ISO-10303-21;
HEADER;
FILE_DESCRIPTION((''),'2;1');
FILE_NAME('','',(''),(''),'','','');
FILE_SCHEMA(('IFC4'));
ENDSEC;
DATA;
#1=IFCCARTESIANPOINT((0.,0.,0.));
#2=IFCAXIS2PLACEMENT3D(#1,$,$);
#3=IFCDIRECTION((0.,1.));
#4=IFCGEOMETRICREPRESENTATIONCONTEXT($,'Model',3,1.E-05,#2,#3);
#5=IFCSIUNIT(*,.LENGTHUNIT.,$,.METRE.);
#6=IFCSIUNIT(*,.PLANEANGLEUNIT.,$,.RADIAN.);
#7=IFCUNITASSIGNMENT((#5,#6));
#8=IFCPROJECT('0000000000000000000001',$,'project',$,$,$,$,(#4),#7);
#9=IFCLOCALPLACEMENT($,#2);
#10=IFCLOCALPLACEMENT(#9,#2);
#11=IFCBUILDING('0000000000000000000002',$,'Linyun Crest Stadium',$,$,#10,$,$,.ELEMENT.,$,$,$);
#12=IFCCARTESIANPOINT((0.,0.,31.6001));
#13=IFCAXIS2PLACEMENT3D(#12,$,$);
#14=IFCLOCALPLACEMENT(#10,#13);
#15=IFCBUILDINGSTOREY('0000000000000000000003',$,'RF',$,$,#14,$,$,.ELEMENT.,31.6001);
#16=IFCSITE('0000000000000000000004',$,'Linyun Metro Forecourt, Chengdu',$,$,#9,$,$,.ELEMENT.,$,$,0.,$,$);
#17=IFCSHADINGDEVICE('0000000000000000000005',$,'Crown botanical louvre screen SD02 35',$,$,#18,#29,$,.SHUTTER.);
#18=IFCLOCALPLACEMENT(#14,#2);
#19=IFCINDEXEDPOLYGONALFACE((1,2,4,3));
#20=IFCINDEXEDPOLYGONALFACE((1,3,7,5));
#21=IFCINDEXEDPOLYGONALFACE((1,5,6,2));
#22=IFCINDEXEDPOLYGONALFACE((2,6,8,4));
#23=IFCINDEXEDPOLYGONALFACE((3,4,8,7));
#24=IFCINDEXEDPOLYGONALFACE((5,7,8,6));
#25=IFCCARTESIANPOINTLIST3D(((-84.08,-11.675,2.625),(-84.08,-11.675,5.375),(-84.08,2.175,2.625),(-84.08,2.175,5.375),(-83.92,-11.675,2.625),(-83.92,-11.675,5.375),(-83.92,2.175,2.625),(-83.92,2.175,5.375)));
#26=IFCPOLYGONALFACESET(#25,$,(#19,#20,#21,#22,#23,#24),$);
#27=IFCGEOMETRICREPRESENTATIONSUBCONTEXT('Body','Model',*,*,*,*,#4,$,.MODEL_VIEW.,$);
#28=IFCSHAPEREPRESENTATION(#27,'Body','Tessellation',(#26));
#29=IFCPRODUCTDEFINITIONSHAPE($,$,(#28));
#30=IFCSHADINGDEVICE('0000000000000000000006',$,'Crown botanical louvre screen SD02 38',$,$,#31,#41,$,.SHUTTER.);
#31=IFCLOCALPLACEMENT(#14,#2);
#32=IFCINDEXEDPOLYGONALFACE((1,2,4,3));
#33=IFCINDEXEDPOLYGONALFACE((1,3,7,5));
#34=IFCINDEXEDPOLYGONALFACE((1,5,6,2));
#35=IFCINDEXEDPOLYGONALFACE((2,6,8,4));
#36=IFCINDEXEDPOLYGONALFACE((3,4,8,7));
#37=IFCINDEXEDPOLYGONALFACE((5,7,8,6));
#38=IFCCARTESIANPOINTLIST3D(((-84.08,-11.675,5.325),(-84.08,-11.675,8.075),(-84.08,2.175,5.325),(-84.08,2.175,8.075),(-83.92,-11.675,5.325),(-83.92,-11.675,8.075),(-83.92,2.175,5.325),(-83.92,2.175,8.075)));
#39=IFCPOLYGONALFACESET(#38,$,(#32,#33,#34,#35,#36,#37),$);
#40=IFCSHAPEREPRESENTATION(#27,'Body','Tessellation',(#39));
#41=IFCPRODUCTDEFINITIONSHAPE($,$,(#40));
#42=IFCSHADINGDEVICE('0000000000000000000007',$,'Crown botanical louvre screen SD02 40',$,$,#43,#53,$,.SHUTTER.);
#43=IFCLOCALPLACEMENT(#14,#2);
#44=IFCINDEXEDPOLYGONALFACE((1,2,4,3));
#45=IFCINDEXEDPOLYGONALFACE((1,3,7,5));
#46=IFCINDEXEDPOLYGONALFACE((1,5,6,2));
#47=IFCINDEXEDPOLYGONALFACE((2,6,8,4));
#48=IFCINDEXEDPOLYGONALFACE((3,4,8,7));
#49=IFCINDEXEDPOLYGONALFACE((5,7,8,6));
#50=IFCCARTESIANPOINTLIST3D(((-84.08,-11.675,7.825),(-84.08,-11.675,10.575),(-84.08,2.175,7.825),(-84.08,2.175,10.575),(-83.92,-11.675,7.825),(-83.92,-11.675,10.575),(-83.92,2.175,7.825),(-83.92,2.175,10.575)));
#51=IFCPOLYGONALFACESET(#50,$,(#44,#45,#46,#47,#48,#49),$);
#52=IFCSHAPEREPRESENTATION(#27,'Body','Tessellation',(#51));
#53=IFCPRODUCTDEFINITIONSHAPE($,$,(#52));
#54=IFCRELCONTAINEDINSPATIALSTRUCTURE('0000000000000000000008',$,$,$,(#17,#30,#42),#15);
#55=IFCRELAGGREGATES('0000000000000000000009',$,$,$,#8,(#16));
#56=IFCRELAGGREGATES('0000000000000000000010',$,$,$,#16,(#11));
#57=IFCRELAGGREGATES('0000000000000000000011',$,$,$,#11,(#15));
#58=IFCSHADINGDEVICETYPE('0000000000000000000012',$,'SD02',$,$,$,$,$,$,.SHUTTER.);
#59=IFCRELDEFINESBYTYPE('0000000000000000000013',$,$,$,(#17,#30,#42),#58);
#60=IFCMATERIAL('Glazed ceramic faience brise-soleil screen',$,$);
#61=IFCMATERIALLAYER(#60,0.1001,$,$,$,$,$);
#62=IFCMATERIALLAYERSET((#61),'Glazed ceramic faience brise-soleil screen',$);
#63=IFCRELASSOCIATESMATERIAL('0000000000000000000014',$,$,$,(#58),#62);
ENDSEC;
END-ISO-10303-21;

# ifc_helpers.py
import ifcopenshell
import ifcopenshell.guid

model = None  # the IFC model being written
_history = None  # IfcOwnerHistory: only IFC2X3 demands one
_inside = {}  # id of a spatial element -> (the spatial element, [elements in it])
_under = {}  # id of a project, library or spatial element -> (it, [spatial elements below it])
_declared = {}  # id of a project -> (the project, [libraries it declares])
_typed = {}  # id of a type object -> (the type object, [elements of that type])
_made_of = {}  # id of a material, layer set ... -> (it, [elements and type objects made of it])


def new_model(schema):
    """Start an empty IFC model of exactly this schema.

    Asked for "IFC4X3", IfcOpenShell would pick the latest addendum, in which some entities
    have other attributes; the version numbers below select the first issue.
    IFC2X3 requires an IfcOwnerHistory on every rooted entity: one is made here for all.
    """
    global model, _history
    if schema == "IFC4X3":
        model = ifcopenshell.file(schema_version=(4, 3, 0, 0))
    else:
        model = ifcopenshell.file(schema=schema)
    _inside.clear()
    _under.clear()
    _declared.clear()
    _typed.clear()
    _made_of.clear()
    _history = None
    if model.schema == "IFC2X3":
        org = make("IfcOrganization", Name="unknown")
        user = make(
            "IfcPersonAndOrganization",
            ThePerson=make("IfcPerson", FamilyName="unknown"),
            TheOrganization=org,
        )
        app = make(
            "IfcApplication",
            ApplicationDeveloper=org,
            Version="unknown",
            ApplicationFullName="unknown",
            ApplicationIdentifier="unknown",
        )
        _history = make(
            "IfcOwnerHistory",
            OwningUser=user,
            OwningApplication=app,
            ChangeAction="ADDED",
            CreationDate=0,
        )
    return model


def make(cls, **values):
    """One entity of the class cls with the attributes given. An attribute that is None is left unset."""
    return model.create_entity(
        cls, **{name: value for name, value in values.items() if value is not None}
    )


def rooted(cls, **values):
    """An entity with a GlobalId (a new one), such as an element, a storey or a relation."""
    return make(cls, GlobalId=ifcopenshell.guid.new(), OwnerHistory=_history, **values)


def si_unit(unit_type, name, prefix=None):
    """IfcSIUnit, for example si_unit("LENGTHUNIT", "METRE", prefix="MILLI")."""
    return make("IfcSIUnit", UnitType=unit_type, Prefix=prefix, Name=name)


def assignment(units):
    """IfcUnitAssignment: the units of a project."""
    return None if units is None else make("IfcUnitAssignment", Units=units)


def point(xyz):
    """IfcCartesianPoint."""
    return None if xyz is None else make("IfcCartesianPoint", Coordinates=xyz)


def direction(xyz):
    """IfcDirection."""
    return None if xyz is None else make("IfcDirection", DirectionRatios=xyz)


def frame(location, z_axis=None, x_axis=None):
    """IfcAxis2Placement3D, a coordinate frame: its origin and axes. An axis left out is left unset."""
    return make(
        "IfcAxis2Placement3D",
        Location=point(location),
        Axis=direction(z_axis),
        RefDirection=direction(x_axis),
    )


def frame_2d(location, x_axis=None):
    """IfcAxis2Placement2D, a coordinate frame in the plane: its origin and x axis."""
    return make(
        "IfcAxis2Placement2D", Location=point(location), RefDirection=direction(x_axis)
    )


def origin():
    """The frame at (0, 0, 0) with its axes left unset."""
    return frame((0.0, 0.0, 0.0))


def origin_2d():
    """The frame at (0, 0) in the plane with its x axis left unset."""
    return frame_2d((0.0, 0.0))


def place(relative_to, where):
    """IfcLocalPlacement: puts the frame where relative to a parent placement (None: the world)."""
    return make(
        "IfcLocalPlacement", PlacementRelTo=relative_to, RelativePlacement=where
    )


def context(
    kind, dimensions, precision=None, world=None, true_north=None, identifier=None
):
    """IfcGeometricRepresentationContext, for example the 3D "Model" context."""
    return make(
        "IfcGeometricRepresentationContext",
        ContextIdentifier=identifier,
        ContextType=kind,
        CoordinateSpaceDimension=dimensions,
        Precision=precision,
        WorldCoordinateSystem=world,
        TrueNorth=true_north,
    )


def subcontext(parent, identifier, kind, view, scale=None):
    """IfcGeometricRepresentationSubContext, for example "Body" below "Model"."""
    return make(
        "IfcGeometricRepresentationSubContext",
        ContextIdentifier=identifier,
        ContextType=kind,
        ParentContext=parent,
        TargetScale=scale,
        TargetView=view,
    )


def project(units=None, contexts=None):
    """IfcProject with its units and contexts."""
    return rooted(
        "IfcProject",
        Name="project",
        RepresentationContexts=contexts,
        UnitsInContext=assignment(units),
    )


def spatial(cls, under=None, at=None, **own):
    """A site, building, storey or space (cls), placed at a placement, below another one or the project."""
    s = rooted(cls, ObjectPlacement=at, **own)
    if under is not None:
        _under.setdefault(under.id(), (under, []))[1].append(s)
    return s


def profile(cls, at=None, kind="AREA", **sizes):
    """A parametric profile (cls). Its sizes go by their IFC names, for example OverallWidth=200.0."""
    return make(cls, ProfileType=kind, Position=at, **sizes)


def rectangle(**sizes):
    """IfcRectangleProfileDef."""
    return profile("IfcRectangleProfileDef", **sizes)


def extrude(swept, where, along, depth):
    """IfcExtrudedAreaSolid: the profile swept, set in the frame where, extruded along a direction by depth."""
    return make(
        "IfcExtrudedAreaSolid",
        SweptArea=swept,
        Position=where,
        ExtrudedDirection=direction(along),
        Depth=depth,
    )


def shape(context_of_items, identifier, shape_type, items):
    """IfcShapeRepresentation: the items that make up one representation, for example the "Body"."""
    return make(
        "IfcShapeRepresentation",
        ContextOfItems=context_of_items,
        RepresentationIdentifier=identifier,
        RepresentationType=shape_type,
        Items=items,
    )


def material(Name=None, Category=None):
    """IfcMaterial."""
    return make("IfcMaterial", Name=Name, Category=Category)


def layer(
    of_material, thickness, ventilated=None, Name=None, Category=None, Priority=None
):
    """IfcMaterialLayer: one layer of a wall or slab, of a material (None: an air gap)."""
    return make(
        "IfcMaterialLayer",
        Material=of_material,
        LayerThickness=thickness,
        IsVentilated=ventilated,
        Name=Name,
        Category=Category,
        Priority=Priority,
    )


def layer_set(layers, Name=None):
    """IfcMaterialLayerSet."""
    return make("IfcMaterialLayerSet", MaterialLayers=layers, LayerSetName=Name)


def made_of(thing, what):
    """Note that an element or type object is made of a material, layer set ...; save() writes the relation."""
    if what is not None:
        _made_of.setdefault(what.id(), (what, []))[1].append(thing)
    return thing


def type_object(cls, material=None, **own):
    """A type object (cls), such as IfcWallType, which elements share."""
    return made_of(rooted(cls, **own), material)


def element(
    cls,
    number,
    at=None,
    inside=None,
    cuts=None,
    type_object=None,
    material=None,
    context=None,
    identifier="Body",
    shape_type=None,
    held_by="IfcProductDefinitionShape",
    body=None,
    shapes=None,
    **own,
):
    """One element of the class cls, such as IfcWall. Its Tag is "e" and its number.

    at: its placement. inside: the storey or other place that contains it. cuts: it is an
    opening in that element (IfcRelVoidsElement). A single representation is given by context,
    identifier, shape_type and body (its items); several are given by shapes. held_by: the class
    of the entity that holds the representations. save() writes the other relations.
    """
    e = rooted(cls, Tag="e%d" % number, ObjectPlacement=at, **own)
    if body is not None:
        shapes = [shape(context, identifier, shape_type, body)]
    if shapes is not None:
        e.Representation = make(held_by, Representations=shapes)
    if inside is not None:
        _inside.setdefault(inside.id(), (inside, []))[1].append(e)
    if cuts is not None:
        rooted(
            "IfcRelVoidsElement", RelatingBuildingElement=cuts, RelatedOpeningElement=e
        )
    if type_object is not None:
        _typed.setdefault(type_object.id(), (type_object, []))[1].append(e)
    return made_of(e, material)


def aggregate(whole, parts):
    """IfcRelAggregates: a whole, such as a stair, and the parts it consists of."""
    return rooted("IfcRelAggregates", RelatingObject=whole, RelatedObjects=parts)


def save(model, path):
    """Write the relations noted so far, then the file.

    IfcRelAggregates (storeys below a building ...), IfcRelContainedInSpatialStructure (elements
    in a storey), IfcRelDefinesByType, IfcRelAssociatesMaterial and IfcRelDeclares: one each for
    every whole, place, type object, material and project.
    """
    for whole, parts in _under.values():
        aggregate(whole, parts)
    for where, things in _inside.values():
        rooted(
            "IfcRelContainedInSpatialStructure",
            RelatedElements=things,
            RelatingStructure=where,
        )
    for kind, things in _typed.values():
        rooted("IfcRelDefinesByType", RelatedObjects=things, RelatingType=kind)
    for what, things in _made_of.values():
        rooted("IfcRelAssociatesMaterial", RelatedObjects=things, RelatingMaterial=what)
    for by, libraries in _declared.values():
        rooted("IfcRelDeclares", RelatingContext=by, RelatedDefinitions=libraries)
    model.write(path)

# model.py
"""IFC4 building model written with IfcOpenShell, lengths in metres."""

from ifc_helpers import new_model, si_unit, direction, frame, origin, origin_2d, place, context, subcontext, project, spatial, rectangle, extrude, material, layer, layer_set, type_object, element, save


model = new_model("IFC4")

# Units and contexts
model_context = context("Model", 3, precision=1e-05, world=origin(), true_north=direction((0.0, 1.0)))
body_context = subcontext(model_context, "Body", "Model", "MODEL_VIEW")
ifc_project = project(units=[si_unit("LENGTHUNIT", "METRE"), si_unit("PLANEANGLEUNIT", "RADIAN")], contexts=[model_context])

# Site, building, storey
site_placement = place(None, origin())
site = spatial("IfcSite", under=ifc_project, at=site_placement, Name="Linyun Metro Forecourt, Chengdu", CompositionType="ELEMENT", RefElevation=0.0)
building_placement = place(site_placement, origin())
building = spatial("IfcBuilding", under=site, at=building_placement, Name="Linyun Crest Stadium", CompositionType="ELEMENT")
storey_placement = place(building_placement, frame((0.0, 0.0, 31.6001)))
storey = spatial("IfcBuildingStorey", under=building, at=storey_placement, Name="RF", CompositionType="ELEMENT", Elevation=31.6001)

# Shading devices
ifc_material_1 = material(Name="Glazed ceramic faience brise-soleil screen")
ifc_layer_1 = layer(ifc_material_1, 0.1001)
ifc_layer_set_1 = layer_set([ifc_layer_1], Name="Glazed ceramic faience brise-soleil screen")
shading_device_type_1 = type_object("IfcShadingDeviceType", Name="SD02", PredefinedType="SHUTTER", material=ifc_layer_set_1)
for number, where, z_axis, x_axis, name in (
    (1, (-84.0, -4.75, 2.625), (0.0, 0.0, 1.0), (1.0, 0.0, 0.0), "Crown botanical louvre screen SD02 35"),
    (2, (-84.0, -4.75, 5.325), (0.0, 0.0, 1.0), (1.0, 0.0, 0.0), "Crown botanical louvre screen SD02 38"),
    (3, (-84.0, -4.75, 7.825), (0.0, 0.0, 1.0), (1.0, 0.0, 0.0), "Crown botanical louvre screen SD02 40"),
):
    element("IfcShadingDevice", number, at=place(storey_placement, frame(where, z_axis=z_axis, x_axis=x_axis)), inside=storey, type_object=shading_device_type_1, Name=name, PredefinedType="SHUTTER", context=body_context, shape_type="SweptSolid", body=[
        extrude(rectangle(XDim=0.1599, YDim=13.8501, at=origin_2d()), origin(), (0.0, 0.0, 1.0), 2.75),
    ])

save(model, "model.ifc")
